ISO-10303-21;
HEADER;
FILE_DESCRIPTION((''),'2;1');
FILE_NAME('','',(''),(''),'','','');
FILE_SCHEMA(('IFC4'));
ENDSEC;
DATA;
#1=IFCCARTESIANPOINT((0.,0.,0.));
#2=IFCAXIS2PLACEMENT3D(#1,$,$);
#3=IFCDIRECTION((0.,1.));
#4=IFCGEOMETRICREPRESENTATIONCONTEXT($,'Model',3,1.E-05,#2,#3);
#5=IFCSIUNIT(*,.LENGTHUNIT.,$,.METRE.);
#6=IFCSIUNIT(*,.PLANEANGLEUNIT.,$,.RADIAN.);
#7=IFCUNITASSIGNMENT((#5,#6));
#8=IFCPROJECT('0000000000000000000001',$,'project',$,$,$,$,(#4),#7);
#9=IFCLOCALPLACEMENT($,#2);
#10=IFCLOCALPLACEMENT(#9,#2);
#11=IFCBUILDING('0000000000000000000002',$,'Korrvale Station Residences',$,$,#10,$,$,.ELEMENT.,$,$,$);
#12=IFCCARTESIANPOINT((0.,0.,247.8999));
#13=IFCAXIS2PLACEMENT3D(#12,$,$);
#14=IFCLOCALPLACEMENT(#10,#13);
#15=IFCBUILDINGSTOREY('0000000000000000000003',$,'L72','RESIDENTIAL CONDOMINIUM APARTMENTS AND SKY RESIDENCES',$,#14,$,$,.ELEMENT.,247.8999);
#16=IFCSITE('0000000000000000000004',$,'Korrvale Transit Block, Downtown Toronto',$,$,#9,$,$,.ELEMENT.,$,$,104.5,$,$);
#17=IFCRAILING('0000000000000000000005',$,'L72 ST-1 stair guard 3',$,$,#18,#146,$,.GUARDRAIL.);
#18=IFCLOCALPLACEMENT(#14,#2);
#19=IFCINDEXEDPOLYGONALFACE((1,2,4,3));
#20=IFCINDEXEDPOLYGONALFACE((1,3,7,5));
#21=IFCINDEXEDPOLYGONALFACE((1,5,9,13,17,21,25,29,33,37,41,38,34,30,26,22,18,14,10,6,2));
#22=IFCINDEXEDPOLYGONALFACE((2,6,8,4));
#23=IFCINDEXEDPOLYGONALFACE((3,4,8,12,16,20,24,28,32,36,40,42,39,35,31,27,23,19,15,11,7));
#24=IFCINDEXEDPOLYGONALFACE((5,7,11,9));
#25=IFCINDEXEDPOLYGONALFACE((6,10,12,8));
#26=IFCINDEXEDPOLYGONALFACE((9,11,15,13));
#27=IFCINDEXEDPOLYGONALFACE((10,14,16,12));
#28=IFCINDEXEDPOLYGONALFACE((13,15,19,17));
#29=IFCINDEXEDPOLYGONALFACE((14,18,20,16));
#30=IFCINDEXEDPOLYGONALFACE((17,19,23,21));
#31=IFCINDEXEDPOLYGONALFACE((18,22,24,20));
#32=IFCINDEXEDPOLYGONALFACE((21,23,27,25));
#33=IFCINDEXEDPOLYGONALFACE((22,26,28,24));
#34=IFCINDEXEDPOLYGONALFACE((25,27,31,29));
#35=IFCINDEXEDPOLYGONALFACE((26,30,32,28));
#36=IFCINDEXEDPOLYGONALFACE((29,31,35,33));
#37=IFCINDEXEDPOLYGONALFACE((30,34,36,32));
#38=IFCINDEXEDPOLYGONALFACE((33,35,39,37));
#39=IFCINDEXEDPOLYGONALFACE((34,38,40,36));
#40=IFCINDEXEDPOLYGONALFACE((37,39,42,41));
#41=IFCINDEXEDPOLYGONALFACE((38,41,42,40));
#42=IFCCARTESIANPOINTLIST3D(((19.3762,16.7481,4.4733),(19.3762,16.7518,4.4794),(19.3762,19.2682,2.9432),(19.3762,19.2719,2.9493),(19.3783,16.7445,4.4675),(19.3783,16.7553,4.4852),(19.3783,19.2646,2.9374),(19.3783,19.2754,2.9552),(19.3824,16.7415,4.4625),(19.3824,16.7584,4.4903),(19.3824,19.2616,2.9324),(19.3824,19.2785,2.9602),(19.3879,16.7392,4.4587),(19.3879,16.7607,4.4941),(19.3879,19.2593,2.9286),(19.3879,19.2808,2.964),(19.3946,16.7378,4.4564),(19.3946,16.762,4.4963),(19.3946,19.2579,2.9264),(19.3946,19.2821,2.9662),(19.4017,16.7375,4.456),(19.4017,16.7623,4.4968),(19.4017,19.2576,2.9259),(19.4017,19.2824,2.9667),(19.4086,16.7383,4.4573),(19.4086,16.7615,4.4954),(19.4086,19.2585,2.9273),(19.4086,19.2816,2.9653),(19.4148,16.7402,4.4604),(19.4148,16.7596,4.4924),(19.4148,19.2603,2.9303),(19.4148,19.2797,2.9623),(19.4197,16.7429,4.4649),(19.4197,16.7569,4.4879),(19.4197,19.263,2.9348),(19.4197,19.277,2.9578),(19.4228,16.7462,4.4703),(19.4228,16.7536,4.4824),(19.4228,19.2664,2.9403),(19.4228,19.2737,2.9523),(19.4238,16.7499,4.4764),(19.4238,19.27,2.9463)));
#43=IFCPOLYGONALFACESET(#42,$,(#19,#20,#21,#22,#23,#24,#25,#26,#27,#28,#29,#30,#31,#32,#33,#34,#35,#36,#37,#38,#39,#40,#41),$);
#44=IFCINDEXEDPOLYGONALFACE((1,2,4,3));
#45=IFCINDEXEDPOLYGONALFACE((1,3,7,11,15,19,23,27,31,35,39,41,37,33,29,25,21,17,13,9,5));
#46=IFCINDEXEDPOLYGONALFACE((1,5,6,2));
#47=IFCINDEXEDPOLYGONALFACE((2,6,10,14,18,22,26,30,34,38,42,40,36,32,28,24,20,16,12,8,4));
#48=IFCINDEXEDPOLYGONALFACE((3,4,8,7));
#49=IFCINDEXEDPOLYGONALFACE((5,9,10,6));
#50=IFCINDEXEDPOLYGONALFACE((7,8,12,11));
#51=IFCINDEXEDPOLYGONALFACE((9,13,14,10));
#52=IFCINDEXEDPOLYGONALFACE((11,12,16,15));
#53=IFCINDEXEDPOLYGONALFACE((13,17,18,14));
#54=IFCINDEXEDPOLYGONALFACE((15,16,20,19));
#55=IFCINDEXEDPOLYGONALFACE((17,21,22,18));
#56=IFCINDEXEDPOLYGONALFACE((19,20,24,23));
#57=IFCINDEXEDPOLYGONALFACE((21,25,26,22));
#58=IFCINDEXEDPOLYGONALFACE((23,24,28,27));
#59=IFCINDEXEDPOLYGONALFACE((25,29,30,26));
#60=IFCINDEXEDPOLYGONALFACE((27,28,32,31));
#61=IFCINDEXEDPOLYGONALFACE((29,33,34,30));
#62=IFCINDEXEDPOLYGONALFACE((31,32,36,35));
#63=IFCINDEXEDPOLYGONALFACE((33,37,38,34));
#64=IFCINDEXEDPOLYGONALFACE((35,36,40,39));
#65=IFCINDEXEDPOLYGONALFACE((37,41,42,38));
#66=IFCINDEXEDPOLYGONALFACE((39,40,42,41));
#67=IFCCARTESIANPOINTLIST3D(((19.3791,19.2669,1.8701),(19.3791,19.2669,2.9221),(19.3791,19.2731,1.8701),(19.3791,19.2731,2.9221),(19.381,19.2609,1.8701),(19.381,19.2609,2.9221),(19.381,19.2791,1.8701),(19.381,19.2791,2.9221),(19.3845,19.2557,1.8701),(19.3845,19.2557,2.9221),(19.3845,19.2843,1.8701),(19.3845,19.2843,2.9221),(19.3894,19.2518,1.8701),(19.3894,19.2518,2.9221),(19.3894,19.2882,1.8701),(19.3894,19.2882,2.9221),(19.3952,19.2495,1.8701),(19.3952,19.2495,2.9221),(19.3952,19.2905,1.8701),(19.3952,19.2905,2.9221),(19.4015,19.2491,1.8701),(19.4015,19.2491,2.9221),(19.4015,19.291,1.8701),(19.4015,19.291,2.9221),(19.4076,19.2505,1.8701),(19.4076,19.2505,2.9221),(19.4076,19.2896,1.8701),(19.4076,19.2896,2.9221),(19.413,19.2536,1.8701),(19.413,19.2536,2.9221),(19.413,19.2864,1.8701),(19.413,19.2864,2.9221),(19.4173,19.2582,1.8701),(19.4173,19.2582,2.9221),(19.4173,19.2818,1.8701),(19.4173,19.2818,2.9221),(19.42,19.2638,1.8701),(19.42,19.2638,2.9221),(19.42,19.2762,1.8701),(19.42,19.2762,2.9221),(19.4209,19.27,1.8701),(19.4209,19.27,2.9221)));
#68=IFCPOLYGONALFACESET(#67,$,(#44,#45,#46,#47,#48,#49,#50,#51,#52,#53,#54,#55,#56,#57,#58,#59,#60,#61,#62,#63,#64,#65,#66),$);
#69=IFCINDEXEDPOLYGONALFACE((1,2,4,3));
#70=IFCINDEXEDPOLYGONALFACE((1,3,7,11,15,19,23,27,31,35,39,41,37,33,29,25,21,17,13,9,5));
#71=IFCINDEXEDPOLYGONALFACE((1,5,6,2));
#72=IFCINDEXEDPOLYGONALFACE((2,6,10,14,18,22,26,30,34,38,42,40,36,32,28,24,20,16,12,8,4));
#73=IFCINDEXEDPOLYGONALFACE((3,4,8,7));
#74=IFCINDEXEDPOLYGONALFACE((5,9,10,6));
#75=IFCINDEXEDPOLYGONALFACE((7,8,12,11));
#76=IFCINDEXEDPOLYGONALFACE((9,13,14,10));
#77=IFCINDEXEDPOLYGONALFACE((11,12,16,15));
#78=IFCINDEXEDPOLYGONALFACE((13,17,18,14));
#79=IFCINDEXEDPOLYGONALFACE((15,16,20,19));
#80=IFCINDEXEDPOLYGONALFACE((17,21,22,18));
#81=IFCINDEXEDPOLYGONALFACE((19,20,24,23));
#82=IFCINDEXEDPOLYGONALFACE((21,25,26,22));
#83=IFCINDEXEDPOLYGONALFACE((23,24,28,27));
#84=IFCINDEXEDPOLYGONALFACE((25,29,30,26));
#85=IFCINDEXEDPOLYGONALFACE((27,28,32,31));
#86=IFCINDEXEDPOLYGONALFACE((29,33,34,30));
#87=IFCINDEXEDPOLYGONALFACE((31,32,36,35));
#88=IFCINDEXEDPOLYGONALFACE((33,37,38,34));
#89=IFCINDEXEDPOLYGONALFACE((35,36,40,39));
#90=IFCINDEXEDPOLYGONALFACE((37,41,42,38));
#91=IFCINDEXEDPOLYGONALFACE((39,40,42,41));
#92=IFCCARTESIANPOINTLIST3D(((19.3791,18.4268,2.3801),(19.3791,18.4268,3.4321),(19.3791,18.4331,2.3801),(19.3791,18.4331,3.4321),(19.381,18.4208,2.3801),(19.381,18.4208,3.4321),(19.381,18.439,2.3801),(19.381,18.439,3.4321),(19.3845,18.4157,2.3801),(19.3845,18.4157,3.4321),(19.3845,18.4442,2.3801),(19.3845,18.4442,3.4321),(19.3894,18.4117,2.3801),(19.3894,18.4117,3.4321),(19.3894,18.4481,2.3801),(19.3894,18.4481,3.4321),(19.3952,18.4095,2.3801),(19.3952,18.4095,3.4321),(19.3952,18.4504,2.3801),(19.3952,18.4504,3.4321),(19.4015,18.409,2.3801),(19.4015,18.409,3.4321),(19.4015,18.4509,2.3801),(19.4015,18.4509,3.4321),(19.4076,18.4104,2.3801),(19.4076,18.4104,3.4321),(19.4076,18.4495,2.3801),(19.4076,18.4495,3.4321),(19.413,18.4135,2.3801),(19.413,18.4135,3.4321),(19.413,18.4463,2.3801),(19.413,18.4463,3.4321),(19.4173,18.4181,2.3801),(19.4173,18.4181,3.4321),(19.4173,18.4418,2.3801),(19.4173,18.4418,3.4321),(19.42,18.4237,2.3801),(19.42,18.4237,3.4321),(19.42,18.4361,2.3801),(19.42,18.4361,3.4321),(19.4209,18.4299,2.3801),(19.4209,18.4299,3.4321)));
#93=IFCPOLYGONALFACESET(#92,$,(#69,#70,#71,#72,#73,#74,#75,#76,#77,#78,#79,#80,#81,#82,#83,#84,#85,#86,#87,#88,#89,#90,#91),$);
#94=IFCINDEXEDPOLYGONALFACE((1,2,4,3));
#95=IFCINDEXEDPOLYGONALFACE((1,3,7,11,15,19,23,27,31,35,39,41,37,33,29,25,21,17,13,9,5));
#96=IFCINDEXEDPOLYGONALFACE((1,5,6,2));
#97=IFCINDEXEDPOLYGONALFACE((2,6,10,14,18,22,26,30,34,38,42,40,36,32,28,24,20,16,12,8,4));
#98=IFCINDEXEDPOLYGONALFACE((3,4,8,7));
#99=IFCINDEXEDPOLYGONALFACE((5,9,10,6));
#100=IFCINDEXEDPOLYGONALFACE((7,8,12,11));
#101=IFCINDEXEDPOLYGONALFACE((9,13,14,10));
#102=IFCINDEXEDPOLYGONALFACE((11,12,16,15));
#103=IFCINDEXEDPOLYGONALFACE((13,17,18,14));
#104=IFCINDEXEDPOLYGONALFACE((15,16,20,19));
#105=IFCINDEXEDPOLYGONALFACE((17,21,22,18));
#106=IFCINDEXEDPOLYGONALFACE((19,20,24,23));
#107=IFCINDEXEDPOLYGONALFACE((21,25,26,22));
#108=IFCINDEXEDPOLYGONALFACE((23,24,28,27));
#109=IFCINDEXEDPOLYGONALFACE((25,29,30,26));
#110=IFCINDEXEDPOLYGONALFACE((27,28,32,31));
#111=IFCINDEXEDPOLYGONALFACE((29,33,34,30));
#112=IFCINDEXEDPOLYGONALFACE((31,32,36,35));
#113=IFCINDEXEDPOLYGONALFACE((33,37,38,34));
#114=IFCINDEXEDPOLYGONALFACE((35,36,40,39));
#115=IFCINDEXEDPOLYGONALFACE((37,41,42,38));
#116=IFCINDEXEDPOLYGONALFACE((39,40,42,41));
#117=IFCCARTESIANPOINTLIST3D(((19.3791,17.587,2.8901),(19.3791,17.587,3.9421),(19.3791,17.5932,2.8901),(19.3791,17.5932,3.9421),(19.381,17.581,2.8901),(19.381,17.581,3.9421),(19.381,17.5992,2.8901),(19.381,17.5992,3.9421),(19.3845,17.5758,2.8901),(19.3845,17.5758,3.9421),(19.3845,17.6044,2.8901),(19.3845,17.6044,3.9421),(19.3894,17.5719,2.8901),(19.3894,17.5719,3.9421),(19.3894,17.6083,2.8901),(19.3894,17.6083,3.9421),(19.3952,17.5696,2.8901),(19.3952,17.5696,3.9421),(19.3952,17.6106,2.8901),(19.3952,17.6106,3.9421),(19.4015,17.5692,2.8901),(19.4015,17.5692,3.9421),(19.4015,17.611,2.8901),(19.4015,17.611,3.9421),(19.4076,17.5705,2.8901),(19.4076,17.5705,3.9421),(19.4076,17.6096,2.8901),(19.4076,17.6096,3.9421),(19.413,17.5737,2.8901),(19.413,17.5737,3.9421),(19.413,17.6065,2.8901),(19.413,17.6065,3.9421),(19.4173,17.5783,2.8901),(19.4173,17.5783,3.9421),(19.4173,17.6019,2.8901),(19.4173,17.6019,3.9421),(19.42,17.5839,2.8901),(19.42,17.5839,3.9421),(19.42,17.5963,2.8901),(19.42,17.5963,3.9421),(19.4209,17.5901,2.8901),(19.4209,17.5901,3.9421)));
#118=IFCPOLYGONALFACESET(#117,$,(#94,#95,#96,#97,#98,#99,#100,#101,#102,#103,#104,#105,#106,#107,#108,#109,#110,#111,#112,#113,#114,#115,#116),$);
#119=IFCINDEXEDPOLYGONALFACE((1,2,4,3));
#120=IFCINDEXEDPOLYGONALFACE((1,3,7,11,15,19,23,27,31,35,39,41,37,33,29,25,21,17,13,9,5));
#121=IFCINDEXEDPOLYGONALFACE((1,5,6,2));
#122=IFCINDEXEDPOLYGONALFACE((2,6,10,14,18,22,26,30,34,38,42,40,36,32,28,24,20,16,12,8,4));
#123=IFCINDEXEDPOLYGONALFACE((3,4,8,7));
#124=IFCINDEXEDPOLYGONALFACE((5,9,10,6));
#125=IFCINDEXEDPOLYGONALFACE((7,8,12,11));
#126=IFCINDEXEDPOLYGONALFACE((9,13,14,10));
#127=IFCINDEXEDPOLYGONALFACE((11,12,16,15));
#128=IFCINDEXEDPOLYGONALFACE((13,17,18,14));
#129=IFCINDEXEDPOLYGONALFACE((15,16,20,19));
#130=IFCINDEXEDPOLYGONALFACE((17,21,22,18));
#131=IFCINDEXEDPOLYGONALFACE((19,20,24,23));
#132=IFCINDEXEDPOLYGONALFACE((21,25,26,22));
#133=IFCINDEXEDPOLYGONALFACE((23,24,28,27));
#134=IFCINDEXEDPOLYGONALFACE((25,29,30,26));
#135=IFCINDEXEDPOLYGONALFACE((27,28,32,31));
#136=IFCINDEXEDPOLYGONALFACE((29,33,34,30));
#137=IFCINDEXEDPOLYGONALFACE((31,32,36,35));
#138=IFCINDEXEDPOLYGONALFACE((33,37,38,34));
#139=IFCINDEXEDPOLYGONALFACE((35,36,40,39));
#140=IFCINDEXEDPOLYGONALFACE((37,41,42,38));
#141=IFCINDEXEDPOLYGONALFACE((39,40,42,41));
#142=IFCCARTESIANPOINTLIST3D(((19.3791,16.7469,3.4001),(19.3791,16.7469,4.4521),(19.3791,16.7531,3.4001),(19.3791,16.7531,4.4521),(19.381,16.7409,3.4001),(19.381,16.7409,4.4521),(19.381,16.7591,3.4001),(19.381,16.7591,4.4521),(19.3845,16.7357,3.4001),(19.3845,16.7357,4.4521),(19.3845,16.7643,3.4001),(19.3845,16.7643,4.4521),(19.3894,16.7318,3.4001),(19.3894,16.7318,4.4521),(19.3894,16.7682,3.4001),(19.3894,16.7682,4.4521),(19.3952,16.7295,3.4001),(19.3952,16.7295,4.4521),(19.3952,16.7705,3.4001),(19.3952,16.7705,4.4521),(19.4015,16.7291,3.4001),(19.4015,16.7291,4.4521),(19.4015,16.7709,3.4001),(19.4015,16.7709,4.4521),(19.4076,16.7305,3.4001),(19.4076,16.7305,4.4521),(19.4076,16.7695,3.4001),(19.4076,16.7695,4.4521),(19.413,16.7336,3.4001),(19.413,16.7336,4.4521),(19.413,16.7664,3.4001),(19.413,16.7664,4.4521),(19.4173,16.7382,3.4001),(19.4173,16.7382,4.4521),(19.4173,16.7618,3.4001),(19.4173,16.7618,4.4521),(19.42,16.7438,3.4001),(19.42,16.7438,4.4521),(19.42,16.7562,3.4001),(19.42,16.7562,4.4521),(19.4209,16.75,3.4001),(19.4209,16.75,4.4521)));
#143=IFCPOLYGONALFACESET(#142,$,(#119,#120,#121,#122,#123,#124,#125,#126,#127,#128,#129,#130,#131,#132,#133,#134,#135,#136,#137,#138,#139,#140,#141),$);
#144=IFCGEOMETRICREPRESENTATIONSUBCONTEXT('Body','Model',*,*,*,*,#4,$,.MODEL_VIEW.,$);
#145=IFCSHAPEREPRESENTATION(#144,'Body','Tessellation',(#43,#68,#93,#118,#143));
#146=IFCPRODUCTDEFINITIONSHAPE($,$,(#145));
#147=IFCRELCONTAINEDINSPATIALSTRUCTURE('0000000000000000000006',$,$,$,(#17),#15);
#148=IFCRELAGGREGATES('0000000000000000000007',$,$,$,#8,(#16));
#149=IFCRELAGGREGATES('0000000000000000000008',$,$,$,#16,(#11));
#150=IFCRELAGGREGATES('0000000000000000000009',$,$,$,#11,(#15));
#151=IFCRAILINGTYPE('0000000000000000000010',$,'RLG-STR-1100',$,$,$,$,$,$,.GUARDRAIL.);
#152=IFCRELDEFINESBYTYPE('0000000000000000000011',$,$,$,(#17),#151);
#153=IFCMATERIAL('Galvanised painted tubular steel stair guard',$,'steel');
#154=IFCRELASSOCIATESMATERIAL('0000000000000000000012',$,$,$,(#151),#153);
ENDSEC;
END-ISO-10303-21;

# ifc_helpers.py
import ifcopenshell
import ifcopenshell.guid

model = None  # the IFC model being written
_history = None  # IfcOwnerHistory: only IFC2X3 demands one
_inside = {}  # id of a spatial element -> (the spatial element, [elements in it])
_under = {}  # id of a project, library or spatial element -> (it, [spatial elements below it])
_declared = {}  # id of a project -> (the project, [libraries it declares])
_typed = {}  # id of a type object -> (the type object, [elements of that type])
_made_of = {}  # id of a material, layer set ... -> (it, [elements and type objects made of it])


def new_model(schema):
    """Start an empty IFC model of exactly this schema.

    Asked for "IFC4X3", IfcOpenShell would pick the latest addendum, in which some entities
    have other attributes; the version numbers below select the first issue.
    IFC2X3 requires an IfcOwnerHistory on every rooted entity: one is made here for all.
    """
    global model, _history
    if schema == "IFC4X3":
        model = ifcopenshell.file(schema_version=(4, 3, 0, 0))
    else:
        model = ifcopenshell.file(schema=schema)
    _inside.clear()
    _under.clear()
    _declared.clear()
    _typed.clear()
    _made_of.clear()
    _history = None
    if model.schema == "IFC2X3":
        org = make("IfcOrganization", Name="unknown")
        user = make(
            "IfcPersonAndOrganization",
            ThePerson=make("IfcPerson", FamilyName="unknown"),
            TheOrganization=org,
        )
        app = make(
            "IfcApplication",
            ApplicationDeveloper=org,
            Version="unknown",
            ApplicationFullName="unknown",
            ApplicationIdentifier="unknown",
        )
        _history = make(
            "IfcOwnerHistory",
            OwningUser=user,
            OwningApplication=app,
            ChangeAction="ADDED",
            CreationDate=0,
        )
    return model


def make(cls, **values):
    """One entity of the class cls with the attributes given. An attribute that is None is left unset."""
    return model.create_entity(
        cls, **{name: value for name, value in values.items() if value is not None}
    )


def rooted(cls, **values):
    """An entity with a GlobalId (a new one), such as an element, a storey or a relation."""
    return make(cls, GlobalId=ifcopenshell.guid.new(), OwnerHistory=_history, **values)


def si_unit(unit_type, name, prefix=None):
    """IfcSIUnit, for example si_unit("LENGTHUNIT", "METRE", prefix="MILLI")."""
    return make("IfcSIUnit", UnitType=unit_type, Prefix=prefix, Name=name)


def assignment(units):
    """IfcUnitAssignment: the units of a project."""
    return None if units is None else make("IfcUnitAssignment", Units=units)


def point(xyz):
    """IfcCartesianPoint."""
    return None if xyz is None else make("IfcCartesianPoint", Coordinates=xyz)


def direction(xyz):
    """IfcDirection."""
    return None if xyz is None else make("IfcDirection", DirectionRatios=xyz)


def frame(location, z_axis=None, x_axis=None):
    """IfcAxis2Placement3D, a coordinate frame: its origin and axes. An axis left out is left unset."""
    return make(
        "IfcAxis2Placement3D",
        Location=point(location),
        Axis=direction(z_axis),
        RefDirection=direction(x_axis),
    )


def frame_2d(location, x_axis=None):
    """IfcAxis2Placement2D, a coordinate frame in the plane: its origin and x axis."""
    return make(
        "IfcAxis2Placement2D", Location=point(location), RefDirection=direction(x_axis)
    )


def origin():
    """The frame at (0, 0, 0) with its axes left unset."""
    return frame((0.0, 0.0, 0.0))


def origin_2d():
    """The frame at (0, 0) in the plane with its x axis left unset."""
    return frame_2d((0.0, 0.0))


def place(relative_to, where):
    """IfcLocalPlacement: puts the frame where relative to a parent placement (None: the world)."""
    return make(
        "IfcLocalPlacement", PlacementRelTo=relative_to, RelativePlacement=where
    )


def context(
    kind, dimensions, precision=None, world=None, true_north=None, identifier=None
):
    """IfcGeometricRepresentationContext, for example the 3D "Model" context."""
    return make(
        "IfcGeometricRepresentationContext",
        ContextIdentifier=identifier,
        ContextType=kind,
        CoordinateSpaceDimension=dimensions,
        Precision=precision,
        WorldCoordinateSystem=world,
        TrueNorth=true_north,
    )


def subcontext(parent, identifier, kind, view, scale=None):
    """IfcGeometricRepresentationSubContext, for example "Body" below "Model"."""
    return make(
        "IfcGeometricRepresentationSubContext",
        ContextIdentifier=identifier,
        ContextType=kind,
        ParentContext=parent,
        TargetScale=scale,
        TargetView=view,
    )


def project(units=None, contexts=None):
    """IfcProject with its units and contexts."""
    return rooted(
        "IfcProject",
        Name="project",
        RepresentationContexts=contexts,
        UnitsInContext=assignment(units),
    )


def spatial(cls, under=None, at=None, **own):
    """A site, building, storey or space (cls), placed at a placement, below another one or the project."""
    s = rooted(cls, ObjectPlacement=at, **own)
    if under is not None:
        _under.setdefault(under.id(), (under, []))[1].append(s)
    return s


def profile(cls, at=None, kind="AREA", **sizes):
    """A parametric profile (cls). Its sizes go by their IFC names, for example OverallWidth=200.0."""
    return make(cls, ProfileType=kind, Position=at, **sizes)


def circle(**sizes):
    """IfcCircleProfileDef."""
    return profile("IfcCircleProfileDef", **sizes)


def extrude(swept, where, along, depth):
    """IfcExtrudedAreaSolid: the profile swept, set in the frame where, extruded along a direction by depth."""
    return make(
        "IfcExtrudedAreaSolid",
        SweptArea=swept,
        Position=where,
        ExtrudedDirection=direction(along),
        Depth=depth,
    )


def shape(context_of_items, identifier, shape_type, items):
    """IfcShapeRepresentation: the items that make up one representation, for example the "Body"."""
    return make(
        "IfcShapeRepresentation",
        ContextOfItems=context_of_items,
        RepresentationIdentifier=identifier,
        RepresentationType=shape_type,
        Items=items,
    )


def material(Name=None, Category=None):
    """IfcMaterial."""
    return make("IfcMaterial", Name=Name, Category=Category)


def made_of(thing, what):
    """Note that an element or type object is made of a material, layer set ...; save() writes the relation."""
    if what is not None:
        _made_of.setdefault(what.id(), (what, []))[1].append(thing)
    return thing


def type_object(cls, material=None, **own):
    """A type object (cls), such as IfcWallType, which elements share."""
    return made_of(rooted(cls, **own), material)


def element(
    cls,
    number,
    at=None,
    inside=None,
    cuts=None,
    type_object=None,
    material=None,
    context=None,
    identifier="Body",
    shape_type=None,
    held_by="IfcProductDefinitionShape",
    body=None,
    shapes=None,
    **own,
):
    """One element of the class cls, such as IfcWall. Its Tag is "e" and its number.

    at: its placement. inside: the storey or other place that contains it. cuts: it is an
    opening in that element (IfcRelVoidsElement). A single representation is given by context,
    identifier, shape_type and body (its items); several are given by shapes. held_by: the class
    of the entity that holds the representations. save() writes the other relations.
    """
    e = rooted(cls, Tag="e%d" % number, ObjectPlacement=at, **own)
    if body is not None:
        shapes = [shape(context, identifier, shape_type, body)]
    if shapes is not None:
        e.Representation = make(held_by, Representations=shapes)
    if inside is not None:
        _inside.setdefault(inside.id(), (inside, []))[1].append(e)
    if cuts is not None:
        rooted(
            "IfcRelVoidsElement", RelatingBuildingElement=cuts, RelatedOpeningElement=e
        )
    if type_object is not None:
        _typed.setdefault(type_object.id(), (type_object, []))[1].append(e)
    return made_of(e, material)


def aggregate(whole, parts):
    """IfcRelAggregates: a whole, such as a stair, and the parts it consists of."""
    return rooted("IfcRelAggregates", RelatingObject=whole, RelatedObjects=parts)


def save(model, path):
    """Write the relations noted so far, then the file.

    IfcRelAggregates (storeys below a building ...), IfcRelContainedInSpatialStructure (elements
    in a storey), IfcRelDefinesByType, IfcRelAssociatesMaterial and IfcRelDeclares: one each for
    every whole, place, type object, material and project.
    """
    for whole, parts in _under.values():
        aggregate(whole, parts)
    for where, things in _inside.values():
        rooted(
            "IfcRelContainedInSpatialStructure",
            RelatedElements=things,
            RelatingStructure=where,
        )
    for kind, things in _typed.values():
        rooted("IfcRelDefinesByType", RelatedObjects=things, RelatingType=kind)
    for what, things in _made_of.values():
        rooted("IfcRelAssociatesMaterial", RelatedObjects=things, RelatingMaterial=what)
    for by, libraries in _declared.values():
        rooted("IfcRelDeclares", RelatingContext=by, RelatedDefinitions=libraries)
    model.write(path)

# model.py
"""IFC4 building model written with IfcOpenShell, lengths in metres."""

from ifc_helpers import new_model, si_unit, direction, frame, origin, origin_2d, place, context, subcontext, project, spatial, circle, extrude, material, type_object, element, save


model = new_model("IFC4")

# Units and contexts
model_context = context("Model", 3, precision=1e-05, world=origin(), true_north=direction((0.0, 1.0)))
body_context = subcontext(model_context, "Body", "Model", "MODEL_VIEW")
ifc_project = project(units=[si_unit("LENGTHUNIT", "METRE"), si_unit("PLANEANGLEUNIT", "RADIAN")], contexts=[model_context])

# Site, building, storey
site_placement = place(None, origin())
site = spatial("IfcSite", under=ifc_project, at=site_placement, Name="Korrvale Transit Block, Downtown Toronto", CompositionType="ELEMENT", RefElevation=104.5)
building_placement = place(site_placement, origin())
building = spatial("IfcBuilding", under=site, at=building_placement, Name="Korrvale Station Residences", CompositionType="ELEMENT")
storey_placement = place(building_placement, frame((0.0, 0.0, 247.8999)))
storey = spatial("IfcBuildingStorey", under=building, at=storey_placement, Name="L72", Description="RESIDENTIAL CONDOMINIUM APARTMENTS AND SKY RESIDENCES", CompositionType="ELEMENT", Elevation=247.8999)

# Railing
ifc_material_1 = material(Name="Galvanised painted tubular steel stair guard", Category="steel")
railing_type_1 = type_object("IfcRailingType", Name="RLG-STR-1100", PredefinedType="GUARDRAIL", material=ifc_material_1)
railing_1_placement = place(storey_placement, frame((19.3999, 19.27, 1.8701)))
element("IfcRailing", 1, at=railing_1_placement, inside=storey, type_object=railing_type_1, Name="L72 ST-1 stair guard 3", PredefinedType="GUARDRAIL", context=body_context, shape_type="SweptSolid", body=[
    extrude(circle(Radius=0.0239, at=origin_2d()), frame((0.0, 0.0, 1.0762), z_axis=(0.0, -0.854785, 0.518982), x_axis=(1.0, 0.0, 0.0)), (0.0, 0.0, 1.0), 2.9482),
    extrude(circle(Radius=0.021, at=origin_2d()), origin(), (0.0, 0.0, 1.0), 1.052),
    extrude(circle(Radius=0.021, at=origin_2d()), frame((0.0, -0.8401, 0.51)), (0.0, 0.0, 1.0), 1.052),
    extrude(circle(Radius=0.021, at=origin_2d()), frame((0.0, -1.6799, 1.02)), (0.0, 0.0, 1.0), 1.052),
    extrude(circle(Radius=0.021, at=origin_2d()), frame((0.0, -2.52, 1.53)), (0.0, 0.0, 1.0), 1.052),
])

save(model, "model.ifc")
